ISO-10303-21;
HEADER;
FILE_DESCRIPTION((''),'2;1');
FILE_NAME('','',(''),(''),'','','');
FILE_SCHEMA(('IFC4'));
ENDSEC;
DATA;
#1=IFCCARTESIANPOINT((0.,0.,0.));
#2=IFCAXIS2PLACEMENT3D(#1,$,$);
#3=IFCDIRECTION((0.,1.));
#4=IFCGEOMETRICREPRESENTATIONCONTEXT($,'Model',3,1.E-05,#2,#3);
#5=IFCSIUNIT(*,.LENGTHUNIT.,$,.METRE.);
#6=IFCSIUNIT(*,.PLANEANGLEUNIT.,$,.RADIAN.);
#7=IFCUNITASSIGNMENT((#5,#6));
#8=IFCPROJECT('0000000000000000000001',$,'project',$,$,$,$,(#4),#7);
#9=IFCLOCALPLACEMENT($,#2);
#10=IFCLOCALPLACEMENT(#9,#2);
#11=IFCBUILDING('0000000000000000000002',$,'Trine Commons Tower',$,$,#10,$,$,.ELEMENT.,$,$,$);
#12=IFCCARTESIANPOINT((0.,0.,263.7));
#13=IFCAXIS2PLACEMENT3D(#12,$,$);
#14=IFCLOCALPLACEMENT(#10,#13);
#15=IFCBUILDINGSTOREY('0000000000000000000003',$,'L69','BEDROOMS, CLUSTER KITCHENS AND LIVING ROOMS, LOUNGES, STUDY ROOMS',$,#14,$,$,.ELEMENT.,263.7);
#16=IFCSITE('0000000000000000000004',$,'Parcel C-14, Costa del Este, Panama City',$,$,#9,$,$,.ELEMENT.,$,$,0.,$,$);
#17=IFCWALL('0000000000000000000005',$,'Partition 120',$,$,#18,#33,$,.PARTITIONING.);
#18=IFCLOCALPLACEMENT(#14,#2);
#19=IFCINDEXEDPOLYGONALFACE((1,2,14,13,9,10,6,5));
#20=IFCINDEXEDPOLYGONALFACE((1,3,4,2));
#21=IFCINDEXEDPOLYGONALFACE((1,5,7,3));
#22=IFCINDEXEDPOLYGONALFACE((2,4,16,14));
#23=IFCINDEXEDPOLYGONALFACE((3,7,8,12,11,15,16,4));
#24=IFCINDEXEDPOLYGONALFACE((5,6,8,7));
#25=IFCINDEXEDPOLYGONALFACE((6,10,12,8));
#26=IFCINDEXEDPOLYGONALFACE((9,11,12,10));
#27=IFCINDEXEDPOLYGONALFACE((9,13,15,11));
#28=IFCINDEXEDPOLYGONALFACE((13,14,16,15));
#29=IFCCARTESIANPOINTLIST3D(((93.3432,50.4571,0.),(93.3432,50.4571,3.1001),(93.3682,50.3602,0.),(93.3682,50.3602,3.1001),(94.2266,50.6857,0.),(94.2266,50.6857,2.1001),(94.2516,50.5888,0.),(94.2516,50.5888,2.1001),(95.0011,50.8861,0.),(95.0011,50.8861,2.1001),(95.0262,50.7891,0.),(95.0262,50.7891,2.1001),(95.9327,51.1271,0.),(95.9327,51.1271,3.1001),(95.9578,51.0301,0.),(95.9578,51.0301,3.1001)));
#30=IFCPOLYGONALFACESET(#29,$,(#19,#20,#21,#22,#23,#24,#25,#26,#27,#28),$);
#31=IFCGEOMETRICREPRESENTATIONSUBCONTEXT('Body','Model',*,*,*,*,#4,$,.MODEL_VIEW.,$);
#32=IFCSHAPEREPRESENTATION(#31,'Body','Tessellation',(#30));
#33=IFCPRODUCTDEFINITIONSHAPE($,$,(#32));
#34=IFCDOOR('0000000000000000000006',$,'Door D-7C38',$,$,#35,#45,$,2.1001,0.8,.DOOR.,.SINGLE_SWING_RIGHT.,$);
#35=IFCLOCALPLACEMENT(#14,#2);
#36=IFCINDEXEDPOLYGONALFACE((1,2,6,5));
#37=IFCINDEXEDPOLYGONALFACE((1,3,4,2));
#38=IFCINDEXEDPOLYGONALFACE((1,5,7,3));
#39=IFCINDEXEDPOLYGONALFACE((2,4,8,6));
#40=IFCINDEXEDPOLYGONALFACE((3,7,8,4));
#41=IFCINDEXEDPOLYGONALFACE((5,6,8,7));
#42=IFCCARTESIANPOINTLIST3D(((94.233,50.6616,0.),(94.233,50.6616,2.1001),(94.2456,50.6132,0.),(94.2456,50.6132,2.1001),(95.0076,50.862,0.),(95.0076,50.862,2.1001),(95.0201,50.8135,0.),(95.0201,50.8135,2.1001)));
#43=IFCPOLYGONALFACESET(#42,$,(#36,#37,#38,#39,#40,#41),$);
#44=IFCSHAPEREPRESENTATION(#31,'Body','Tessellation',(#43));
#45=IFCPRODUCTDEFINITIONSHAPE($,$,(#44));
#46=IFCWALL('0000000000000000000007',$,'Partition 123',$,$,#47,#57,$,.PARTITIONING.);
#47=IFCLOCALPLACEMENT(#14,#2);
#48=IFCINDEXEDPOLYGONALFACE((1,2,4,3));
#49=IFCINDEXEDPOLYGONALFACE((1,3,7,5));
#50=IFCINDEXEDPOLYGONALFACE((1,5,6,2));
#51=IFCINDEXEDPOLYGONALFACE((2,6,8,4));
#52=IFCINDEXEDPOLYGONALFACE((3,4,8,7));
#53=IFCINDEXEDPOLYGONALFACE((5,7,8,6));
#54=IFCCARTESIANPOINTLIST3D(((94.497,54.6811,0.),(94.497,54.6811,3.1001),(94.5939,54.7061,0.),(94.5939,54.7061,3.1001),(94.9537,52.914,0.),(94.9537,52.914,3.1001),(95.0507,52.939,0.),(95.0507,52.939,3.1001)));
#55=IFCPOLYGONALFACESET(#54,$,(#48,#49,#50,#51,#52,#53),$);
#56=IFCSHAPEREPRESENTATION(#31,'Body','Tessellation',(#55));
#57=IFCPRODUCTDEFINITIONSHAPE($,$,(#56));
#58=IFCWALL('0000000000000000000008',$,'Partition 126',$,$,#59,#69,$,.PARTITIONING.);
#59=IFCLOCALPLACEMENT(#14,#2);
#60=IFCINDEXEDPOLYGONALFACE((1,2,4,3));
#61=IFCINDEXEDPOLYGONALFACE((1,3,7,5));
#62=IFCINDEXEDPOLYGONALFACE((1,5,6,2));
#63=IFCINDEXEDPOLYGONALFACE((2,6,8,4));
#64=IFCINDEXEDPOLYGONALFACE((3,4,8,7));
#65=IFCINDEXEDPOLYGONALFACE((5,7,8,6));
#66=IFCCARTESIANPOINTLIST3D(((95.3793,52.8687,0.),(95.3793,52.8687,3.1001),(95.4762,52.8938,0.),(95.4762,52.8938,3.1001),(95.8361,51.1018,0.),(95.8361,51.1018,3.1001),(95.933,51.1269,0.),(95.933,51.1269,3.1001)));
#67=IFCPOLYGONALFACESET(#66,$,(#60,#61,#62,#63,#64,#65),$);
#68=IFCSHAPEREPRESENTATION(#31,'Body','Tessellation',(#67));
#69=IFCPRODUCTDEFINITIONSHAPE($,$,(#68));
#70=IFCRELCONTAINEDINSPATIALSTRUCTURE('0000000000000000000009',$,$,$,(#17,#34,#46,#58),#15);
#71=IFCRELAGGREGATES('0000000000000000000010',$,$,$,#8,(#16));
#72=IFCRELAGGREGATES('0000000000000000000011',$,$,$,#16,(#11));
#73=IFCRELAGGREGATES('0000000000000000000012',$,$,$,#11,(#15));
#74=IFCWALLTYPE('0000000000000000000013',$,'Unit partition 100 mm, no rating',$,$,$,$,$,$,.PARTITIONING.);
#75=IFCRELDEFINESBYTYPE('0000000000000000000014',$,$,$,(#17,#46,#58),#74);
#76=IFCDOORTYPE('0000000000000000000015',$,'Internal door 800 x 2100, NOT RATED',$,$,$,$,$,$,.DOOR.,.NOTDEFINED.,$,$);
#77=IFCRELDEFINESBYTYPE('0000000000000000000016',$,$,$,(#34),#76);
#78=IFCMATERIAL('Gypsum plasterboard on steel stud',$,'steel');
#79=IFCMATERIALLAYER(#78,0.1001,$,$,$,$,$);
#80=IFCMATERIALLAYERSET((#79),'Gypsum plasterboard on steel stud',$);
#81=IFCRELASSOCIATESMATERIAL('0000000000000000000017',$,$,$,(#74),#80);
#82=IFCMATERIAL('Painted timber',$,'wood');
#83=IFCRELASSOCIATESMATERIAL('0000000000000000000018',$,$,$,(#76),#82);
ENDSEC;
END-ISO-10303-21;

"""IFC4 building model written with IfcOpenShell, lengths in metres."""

from ifc_helpers import new_model, si_unit, direction, frame, frame_2d, origin, place, context, subcontext, project, spatial, rectangle, extrude, material, layer, layer_set, type_object, element, fill, save


model = new_model("IFC4")

# Units and contexts
model_context = context("Model", 3, precision=1e-05, world=origin(), true_north=direction((0.0, 1.0)))
body_context = subcontext(model_context, "Body", "Model", "MODEL_VIEW")
ifc_project = project(units=[si_unit("LENGTHUNIT", "METRE"), si_unit("PLANEANGLEUNIT", "RADIAN")], contexts=[model_context])

# Site, building, storey
site_placement = place(None, origin())
site = spatial("IfcSite", under=ifc_project, at=site_placement, Name="Parcel C-14, Costa del Este, Panama City", CompositionType="ELEMENT", RefElevation=0.0)
building_placement = place(site_placement, origin())
building = spatial("IfcBuilding", under=site, at=building_placement, Name="Trine Commons Tower", CompositionType="ELEMENT")
storey_placement = place(building_placement, frame((0.0, 0.0, 263.7)))
storey = spatial("IfcBuildingStorey", under=building, at=storey_placement, Name="L69", Description="BEDROOMS, CLUSTER KITCHENS AND LIVING ROOMS, LOUNGES, STUDY ROOMS", CompositionType="ELEMENT", Elevation=263.7)

# Shared definitions
ifc_material_1 = material(Name="Gypsum plasterboard on steel stud", Category="steel")

# Wall, opening, door
ifc_layer_1 = layer(ifc_material_1, 0.1001)
ifc_layer_set_1 = layer_set([ifc_layer_1], Name="Gypsum plasterboard on steel stud")
wall_type_1 = type_object("IfcWallType", Name="Unit partition 100 mm, no rating", PredefinedType="PARTITIONING", material=ifc_layer_set_1)
ifc_material_2 = material(Name="Painted timber", Category="wood")
door_type_1 = type_object("IfcDoorType", Name="Internal door 800 x 2100, NOT RATED", OperationType="NOTDEFINED", PredefinedType="DOOR", material=ifc_material_2)
wall_1_placement = place(storey_placement, frame((93.3557, 50.4087, 0.0), z_axis=(0.0, 0.0, 1.0), x_axis=(0.968129, 0.250452, 0.0)))
wall_1 = element("IfcWall", 1, at=wall_1_placement, inside=storey, type_object=wall_type_1, Name="Partition 120", PredefinedType="PARTITIONING", context=body_context, shape_type="SweptSolid", body=[
    extrude(rectangle(XDim=2.6748, YDim=0.1001, at=frame_2d((1.3374, 0.0))), origin(), (0.0, 0.0, 1.0), 3.1001),
])
opening_1_placement = place(wall_1_placement, frame((0.9126, 0.0, 0.0)))
opening_1 = element("IfcOpeningElement", 2, at=opening_1_placement, cuts=wall_1, PredefinedType="OPENING", context=body_context, shape_type="SweptSolid", body=[
    extrude(rectangle(XDim=0.8, YDim=2.1001, at=frame_2d((0.3999, 1.05))), frame((0.0, 0.0601, 0.0), z_axis=(0.0, -1.0, 0.0), x_axis=(1.0, 0.0, 0.0)), (0.0, 0.0, 1.0), 0.1201),
])
door_1_placement = place(opening_1_placement, frame((0.8, 0.0, 0.0), z_axis=(0.0, 0.0, 1.0), x_axis=(-1.0, 0.0, 0.0)))
door_1 = element("IfcDoor", 3, at=door_1_placement, inside=storey, type_object=door_type_1, Name="Door D-7C38", OperationType="SINGLE_SWING_RIGHT", OverallHeight=2.1001, OverallWidth=0.8, PredefinedType="DOOR", context=body_context, shape_type="SweptSolid", body=[
    extrude(rectangle(XDim=0.8, YDim=2.1001, at=frame_2d((0.3999, 1.05))), frame((0.0, 0.0249, 0.0), z_axis=(0.0, -1.0, 0.0), x_axis=(1.0, 0.0, 0.0)), (0.0, 0.0, 1.0), 0.05),
])
fill(opening_1, door_1)

# Walls
wall_2_placement = place(storey_placement, frame((94.5454, 54.6936, 0.0), z_axis=(0.0, 0.0, 1.0), x_axis=(0.25027, -0.968176, 0.0)))
element("IfcWall", 4, at=wall_2_placement, inside=storey, type_object=wall_type_1, Name="Partition 123", PredefinedType="PARTITIONING", context=body_context, shape_type="SweptSolid", body=[
    extrude(rectangle(XDim=1.8252, YDim=0.1001, at=frame_2d((0.9126, 0.0))), origin(), (0.0, 0.0, 1.0), 3.1001),
])
wall_3_placement = place(storey_placement, frame((95.4277, 52.8813, 0.0), z_axis=(0.0, 0.0, 1.0), x_axis=(0.250303, -0.968168, 0.0)))
element("IfcWall", 5, at=wall_3_placement, inside=storey, type_object=wall_type_1, Name="Partition 126", PredefinedType="PARTITIONING", context=body_context, shape_type="SweptSolid", body=[
    extrude(rectangle(XDim=1.825, YDim=0.1001, at=frame_2d((0.9126, 0.0))), origin(), (0.0, 0.0, 1.0), 3.1001),
])

save(model, "model.ifc")
